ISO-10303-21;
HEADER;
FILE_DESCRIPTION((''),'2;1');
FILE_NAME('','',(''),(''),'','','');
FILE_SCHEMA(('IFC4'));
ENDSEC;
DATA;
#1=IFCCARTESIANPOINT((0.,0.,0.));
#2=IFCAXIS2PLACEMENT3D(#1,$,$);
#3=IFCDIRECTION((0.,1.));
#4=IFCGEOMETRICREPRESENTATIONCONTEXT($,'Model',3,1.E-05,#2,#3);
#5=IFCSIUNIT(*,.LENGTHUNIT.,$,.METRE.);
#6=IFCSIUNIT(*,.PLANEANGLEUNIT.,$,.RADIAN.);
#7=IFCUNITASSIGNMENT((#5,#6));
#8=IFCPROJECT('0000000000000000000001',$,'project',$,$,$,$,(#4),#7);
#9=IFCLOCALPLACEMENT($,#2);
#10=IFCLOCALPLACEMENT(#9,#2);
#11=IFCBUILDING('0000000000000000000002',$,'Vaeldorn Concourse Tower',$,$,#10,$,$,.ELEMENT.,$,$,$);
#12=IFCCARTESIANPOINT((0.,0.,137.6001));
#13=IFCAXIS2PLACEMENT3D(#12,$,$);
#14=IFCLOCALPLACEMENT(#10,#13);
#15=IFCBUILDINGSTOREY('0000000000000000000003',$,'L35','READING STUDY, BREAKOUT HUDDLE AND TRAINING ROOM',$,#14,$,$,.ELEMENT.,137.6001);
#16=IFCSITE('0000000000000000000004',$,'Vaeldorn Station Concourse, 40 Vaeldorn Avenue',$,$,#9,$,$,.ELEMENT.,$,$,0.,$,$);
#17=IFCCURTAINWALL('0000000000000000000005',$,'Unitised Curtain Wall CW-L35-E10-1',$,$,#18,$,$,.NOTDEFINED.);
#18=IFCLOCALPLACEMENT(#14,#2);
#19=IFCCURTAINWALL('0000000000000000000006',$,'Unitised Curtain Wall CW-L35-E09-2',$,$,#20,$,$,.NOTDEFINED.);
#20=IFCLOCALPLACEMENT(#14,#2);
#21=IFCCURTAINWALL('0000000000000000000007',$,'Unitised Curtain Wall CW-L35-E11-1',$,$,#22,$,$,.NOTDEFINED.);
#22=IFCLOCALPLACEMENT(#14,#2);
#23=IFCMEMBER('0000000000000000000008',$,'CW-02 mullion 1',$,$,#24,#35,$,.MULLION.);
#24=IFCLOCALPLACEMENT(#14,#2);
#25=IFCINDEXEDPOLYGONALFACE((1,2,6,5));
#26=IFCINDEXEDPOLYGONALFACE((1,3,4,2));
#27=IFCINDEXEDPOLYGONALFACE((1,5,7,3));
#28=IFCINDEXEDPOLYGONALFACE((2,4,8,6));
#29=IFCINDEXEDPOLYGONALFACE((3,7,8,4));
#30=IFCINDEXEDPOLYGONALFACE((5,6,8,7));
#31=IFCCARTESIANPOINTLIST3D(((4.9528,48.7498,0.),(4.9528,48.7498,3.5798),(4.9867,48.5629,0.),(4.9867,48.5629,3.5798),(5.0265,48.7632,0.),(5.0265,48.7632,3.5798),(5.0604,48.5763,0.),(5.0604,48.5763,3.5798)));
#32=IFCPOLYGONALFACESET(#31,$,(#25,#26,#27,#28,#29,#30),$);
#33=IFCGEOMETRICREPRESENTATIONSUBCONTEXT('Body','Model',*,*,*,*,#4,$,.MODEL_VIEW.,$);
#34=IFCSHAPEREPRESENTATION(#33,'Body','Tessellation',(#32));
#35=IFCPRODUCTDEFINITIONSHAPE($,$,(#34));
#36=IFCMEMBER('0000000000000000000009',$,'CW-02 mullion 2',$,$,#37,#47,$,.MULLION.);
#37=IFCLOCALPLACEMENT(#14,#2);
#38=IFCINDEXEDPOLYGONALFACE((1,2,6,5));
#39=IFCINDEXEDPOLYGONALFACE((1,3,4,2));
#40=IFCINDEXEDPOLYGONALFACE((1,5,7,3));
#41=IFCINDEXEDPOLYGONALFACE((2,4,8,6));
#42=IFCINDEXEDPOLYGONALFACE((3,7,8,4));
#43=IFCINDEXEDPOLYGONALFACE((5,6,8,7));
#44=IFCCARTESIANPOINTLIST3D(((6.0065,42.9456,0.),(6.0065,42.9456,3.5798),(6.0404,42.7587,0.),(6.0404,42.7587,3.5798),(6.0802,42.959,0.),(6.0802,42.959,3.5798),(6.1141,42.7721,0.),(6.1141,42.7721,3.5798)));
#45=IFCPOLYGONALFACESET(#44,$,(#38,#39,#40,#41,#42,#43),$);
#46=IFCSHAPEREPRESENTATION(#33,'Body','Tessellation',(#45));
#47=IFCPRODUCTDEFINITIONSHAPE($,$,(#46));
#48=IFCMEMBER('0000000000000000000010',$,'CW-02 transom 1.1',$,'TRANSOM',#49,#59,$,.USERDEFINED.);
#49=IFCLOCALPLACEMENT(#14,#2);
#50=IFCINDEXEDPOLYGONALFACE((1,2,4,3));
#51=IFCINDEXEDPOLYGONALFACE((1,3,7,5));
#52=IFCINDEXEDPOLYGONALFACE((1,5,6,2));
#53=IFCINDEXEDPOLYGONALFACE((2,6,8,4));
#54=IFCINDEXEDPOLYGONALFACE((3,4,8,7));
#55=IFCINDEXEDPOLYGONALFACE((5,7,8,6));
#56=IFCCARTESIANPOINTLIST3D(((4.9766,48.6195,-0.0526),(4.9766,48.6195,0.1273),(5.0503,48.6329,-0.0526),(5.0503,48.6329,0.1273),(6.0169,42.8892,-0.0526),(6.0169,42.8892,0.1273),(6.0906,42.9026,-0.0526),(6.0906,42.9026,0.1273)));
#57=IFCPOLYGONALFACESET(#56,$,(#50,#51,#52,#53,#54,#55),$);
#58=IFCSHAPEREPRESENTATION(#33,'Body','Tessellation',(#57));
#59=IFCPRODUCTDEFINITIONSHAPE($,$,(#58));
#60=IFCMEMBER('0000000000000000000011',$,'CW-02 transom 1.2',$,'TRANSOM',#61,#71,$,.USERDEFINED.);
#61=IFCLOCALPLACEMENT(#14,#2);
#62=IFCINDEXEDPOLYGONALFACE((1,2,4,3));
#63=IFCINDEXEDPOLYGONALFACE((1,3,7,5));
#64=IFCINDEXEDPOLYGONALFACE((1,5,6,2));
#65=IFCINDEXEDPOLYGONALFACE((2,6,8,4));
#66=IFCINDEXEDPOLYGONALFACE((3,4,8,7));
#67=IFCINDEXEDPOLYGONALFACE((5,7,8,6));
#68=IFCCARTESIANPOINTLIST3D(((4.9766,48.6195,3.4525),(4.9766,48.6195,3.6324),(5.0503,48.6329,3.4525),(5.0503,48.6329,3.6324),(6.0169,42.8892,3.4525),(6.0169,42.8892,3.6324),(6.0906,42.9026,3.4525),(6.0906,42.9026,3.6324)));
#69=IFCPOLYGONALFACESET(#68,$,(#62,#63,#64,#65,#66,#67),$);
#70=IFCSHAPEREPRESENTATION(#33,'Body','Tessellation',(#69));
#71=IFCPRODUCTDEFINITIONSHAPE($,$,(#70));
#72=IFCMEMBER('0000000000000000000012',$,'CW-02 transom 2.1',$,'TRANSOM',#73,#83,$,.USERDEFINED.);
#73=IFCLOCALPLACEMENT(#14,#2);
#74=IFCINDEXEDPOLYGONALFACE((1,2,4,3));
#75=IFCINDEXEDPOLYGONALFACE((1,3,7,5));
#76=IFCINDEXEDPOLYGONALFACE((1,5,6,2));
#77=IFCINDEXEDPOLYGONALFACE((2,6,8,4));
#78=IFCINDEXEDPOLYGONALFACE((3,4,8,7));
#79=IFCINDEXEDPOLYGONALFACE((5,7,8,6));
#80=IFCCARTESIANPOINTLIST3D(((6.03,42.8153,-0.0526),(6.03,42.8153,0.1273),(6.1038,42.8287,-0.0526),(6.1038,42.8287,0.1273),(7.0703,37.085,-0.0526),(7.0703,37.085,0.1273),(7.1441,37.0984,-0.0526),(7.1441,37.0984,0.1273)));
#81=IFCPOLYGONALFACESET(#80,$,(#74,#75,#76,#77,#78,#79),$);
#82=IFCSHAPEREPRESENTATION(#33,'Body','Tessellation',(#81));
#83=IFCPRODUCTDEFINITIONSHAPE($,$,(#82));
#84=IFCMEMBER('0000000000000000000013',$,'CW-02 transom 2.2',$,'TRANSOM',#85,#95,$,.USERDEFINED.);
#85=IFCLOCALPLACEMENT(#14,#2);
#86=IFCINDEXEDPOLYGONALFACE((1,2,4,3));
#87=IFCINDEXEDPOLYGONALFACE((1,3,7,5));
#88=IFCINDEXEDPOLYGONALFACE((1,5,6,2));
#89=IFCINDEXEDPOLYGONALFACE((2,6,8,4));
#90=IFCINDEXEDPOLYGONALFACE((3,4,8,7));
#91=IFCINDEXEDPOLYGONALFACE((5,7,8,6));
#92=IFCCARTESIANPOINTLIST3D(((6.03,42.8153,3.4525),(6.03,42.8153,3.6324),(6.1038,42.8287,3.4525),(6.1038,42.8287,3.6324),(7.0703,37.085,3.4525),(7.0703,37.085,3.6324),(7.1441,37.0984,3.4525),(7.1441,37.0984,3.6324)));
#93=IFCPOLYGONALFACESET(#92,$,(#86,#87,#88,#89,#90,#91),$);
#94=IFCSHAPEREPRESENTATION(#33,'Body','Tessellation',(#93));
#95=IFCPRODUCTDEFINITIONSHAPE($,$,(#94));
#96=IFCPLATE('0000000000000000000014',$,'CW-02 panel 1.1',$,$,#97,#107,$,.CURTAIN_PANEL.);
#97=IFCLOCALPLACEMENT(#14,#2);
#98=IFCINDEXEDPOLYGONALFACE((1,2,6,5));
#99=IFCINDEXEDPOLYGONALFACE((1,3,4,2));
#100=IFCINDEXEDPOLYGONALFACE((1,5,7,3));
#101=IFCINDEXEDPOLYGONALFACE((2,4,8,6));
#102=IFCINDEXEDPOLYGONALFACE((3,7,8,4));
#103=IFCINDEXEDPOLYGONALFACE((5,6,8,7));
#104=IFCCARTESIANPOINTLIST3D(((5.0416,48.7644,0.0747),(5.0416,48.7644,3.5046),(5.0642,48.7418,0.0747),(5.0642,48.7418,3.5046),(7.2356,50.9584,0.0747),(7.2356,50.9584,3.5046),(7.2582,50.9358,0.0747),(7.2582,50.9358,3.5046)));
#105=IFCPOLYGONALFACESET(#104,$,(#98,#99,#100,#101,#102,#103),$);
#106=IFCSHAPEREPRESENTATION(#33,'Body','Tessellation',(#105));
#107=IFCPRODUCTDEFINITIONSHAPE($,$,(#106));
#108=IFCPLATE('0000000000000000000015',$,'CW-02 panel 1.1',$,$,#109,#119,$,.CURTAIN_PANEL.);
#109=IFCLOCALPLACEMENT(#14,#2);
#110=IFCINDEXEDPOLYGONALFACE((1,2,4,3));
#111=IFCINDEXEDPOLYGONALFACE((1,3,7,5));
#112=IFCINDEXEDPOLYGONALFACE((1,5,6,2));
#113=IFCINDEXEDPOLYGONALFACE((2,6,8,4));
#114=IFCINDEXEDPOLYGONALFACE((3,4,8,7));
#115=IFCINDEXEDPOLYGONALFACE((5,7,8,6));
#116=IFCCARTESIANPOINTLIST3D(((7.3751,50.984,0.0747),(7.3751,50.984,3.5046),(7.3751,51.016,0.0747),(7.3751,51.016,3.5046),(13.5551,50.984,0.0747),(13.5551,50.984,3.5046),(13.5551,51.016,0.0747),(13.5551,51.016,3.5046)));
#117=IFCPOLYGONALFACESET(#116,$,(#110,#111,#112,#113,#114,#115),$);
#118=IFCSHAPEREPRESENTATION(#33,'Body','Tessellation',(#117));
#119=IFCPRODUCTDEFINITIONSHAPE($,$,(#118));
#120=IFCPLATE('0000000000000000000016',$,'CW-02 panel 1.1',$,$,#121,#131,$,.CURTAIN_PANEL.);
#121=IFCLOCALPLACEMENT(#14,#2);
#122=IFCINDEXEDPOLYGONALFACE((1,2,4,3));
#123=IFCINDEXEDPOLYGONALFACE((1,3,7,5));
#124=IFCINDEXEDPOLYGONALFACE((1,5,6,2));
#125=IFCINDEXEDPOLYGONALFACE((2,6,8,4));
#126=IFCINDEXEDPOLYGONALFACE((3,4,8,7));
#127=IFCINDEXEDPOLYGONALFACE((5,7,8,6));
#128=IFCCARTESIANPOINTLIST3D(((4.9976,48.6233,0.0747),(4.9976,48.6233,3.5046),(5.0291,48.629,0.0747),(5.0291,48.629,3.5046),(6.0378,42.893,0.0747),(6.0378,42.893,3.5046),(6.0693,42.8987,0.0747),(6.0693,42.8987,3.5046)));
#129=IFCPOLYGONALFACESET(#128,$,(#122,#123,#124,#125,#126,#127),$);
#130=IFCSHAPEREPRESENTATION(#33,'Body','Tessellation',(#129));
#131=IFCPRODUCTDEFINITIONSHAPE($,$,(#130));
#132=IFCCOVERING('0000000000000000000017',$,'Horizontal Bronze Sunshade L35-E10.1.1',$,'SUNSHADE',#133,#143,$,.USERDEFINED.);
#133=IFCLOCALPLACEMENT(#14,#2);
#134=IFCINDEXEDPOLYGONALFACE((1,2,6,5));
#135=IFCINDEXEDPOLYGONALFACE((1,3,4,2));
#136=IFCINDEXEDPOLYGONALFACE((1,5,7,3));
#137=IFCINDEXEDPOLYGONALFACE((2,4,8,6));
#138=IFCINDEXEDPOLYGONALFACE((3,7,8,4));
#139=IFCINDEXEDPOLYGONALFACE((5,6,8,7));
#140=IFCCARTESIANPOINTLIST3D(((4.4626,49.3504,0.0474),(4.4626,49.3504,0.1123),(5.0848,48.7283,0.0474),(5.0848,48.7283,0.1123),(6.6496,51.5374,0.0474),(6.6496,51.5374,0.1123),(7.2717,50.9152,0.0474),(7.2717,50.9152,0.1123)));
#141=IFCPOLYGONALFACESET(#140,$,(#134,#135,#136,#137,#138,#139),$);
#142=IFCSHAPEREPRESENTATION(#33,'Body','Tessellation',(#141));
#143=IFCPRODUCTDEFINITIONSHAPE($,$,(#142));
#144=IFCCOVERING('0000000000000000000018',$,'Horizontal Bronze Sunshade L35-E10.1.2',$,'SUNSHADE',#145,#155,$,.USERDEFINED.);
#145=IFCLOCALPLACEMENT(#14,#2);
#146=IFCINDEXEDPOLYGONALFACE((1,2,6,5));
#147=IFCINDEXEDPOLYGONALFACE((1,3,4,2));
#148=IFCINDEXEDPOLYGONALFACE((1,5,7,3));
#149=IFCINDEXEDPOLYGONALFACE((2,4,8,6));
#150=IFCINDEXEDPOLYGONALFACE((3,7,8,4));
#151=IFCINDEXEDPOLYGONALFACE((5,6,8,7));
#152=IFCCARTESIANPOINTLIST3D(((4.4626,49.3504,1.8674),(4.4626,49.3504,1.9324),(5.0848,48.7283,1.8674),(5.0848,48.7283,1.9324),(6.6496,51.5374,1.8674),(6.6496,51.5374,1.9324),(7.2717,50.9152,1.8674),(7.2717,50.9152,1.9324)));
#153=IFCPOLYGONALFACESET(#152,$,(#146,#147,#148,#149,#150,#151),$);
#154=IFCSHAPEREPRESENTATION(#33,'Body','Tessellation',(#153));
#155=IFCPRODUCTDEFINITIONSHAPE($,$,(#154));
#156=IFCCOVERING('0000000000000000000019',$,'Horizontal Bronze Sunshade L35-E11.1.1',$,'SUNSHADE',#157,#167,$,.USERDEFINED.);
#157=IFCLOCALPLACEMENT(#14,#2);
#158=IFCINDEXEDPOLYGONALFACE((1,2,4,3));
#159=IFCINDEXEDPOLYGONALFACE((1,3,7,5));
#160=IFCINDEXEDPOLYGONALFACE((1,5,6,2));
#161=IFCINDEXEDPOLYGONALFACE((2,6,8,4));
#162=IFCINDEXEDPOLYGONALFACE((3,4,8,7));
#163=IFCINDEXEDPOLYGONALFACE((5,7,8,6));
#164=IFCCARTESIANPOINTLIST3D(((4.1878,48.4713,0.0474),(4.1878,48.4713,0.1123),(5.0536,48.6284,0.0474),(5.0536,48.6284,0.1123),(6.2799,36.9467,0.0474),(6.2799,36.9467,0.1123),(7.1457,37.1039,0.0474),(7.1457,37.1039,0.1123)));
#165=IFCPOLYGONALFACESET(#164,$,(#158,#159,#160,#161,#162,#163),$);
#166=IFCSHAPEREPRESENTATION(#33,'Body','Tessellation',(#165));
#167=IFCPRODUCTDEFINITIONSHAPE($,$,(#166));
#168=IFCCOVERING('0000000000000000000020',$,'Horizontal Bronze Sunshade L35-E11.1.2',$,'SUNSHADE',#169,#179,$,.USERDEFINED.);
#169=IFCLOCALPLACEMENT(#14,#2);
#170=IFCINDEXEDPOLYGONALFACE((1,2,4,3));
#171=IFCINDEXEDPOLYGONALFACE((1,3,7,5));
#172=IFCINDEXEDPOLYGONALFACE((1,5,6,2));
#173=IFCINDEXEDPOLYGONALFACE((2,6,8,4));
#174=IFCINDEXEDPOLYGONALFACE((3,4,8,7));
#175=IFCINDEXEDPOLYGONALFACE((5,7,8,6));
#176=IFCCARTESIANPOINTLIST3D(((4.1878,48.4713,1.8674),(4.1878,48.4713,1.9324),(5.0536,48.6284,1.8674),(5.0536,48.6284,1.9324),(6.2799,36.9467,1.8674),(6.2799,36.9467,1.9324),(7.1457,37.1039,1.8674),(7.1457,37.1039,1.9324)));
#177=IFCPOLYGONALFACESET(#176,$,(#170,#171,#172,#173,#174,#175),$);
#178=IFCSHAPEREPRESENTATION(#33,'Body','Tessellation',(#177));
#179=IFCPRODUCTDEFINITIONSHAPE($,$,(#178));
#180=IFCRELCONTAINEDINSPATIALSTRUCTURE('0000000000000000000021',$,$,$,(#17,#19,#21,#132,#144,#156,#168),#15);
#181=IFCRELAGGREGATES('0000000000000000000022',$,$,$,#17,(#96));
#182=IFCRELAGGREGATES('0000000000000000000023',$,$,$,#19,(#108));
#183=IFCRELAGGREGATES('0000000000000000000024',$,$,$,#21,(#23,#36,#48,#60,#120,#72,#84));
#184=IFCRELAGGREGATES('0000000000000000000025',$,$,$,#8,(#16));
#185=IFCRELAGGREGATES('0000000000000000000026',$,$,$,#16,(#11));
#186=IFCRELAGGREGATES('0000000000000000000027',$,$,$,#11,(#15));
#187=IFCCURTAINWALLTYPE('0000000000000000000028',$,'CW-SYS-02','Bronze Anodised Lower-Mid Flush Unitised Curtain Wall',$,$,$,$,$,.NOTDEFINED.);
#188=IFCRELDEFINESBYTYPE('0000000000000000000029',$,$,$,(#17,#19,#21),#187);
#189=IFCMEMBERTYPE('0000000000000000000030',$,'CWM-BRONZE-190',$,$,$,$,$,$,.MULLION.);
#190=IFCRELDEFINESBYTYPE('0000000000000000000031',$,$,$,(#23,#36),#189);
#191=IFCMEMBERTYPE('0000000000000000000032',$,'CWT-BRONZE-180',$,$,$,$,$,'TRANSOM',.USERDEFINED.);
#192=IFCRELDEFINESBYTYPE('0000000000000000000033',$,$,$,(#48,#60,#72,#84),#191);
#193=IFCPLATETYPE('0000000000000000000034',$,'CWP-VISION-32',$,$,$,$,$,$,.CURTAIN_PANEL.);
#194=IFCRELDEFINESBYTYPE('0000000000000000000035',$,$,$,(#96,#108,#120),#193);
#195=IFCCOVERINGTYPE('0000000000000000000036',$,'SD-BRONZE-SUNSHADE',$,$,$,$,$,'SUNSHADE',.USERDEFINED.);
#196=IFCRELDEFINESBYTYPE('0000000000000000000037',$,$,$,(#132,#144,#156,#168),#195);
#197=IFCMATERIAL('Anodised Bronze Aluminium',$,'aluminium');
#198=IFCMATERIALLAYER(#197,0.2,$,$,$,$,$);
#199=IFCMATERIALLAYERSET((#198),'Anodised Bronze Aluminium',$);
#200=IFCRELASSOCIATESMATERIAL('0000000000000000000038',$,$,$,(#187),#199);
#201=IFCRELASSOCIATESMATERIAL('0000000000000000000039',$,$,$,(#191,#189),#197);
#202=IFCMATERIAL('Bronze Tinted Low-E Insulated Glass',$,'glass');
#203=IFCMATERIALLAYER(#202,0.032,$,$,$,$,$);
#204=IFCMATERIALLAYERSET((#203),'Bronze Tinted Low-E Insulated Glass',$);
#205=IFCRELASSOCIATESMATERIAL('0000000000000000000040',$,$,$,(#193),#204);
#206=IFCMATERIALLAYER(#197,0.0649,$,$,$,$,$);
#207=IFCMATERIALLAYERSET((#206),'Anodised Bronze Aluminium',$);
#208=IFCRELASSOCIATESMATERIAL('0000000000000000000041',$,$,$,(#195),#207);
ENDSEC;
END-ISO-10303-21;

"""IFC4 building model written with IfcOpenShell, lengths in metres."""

from ifc_helpers import new_model, si_unit, direction, frame, origin, origin_2d, place, context, subcontext, project, spatial, rectangle, extrude, source, transform, mapped, material, layer, layer_set, material_profile, profile_set, type_object, element, aggregate, save


model = new_model("IFC4")

# Units and contexts
model_context = context("Model", 3, precision=1e-05, world=origin(), true_north=direction((0.0, 1.0)))
body_context = subcontext(model_context, "Body", "Model", "MODEL_VIEW")
ifc_project = project(units=[si_unit("LENGTHUNIT", "METRE"), si_unit("PLANEANGLEUNIT", "RADIAN")], contexts=[model_context])

# Site, building, storey
site_placement = place(None, origin())
site = spatial("IfcSite", under=ifc_project, at=site_placement, Name="Vaeldorn Station Concourse, 40 Vaeldorn Avenue", CompositionType="ELEMENT", RefElevation=0.0)
building_placement = place(site_placement, origin())
building = spatial("IfcBuilding", under=site, at=building_placement, Name="Vaeldorn Concourse Tower", CompositionType="ELEMENT")
storey_placement = place(building_placement, frame((0.0, 0.0, 137.6001)))
storey = spatial("IfcBuildingStorey", under=building, at=storey_placement, Name="L35", Description="READING STUDY, BREAKOUT HUDDLE AND TRAINING ROOM", CompositionType="ELEMENT", Elevation=137.6001)

# Curtain walls
ifc_material_1 = material(Name="Anodised Bronze Aluminium", Category="aluminium")
ifc_layer_1 = layer(ifc_material_1, 0.2)
ifc_layer_set_1 = layer_set([ifc_layer_1], Name="Anodised Bronze Aluminium")
curtain_wall_type = type_object("IfcCurtainWallType", Name="CW-SYS-02", Description="Bronze Anodised Lower-Mid Flush Unitised Curtain Wall", PredefinedType="NOTDEFINED", material=ifc_layer_set_1)
curtain_wall_1_placement = place(storey_placement, origin())
curtain_wall_1 = element("IfcCurtainWall", 1, at=curtain_wall_1_placement, inside=storey, type_object=curtain_wall_type, Name="Unitised Curtain Wall CW-L35-E10-1", PredefinedType="NOTDEFINED")
ifc_material_profile_1 = material_profile(ifc_material_1, rectangle(XDim=0.075, YDim=0.1799, at=origin_2d()), Name="CWT 75x180")
ifc_profile_set_1 = profile_set([ifc_material_profile_1], Name="Anodised Bronze Aluminium")
member_type_1 = type_object("IfcMemberType", Name="CWT-BRONZE-180", ElementType="TRANSOM", PredefinedType="USERDEFINED", material=ifc_profile_set_1)
curtain_wall_2_placement = place(storey_placement, origin())
curtain_wall_2 = element("IfcCurtainWall", 2, at=curtain_wall_2_placement, inside=storey, type_object=curtain_wall_type, Name="Unitised Curtain Wall CW-L35-E09-2", PredefinedType="NOTDEFINED")
ifc_material_profile_2 = material_profile(ifc_material_1, rectangle(XDim=0.075, YDim=0.1899, at=origin_2d()), Name="CWM 75x190")
ifc_profile_set_2 = profile_set([ifc_material_profile_2], Name="Anodised Bronze Aluminium")
member_type_2 = type_object("IfcMemberType", Name="CWM-BRONZE-190", PredefinedType="MULLION", material=ifc_profile_set_2)
shared_shape_1 = source(origin(), body_context, "Body", "SweptSolid", [
    extrude(rectangle(XDim=0.075, YDim=0.1899, at=origin_2d()), origin(), (0.0, 0.0, 1.0), 3.5798),
])

# Curtain wall, members
curtain_wall_3_placement = place(storey_placement, origin())
curtain_wall_3 = element("IfcCurtainWall", 3, at=curtain_wall_3_placement, inside=storey, type_object=curtain_wall_type, Name="Unitised Curtain Wall CW-L35-E11-1", PredefinedType="NOTDEFINED")
member_1_placement = place(storey_placement, frame((5.0066, 48.6631, 0.0), z_axis=(0.0, 0.0, 1.0), x_axis=(0.98392, 0.178608, 0.0)))
member_1 = element("IfcMember", 4, at=member_1_placement, type_object=member_type_2, Name="CW-02 mullion 1", PredefinedType="MULLION", context=body_context, shape_type="MappedRepresentation", body=[
    mapped(shared_shape_1, transform((0.0, 0.0, 0.0), scale=1.0)),
])
member_2_placement = place(storey_placement, frame((6.0603, 42.8589, 0.0), z_axis=(0.0, 0.0, 1.0), x_axis=(0.98392, 0.178608, 0.0)))
member_2 = element("IfcMember", 5, at=member_2_placement, type_object=member_type_2, Name="CW-02 mullion 2", PredefinedType="MULLION", context=body_context, shape_type="MappedRepresentation", body=[
    mapped(shared_shape_1, transform((0.0, 0.0, 0.0), scale=1.0)),
])
shared_shape_2 = source(origin(), body_context, "Body", "SweptSolid", [
    extrude(rectangle(XDim=0.075, YDim=0.1799, at=origin_2d()), origin(), (0.0, 0.0, 1.0), 5.824),
])
member_3_placement = place(storey_placement, frame((5.0134, 48.6262, 0.0374), z_axis=(0.178624, -0.983917, 0.0), x_axis=(0.983917, 0.178624, 0.0)))
member_3 = element("IfcMember", 6, at=member_3_placement, type_object=member_type_1, Name="CW-02 transom 1.1", ObjectType="TRANSOM", PredefinedType="USERDEFINED", context=body_context, shape_type="MappedRepresentation", body=[
    mapped(shared_shape_2, transform((0.0, 0.0, 0.0), scale=1.0)),
])
member_4_placement = place(storey_placement, frame((5.0134, 48.6262, 3.5425), z_axis=(0.178624, -0.983917, 0.0), x_axis=(0.983917, 0.178624, 0.0)))
member_4 = element("IfcMember", 7, at=member_4_placement, type_object=member_type_1, Name="CW-02 transom 1.2", ObjectType="TRANSOM", PredefinedType="USERDEFINED", context=body_context, shape_type="MappedRepresentation", body=[
    mapped(shared_shape_2, transform((0.0, 0.0, 0.0), scale=1.0)),
])
member_5_placement = place(storey_placement, frame((6.0669, 42.822, 0.0374), z_axis=(0.178624, -0.983917, 0.0), x_axis=(0.983917, 0.178624, 0.0)))
member_5 = element("IfcMember", 8, at=member_5_placement, type_object=member_type_1, Name="CW-02 transom 2.1", ObjectType="TRANSOM", PredefinedType="USERDEFINED", context=body_context, shape_type="MappedRepresentation", body=[
    mapped(shared_shape_2, transform((0.0, 0.0, 0.0), scale=1.0)),
])
member_6_placement = place(storey_placement, frame((6.0669, 42.822, 3.5425), z_axis=(0.178624, -0.983917, 0.0), x_axis=(0.983917, 0.178624, 0.0)))
member_6 = element("IfcMember", 9, at=member_6_placement, type_object=member_type_1, Name="CW-02 transom 2.2", ObjectType="TRANSOM", PredefinedType="USERDEFINED", context=body_context, shape_type="MappedRepresentation", body=[
    mapped(shared_shape_2, transform((0.0, 0.0, 0.0), scale=1.0)),
])

# Plates
ifc_material_2 = material(Name="Bronze Tinted Low-E Insulated Glass", Category="glass")
ifc_layer_2 = layer(ifc_material_2, 0.032)
ifc_layer_set_2 = layer_set([ifc_layer_2], Name="Bronze Tinted Low-E Insulated Glass")
plate_type = type_object("IfcPlateType", Name="CWP-VISION-32", PredefinedType="CURTAIN_PANEL", material=ifc_layer_set_2)
shared_shape_3 = source(origin(), body_context, "Body", "SweptSolid", [
    extrude(rectangle(XDim=3.1028, YDim=0.032, at=origin_2d()), origin(), (0.0, 0.0, 1.0), 3.4299),
])
plate_1_placement = place(storey_placement, frame((6.1499, 49.8501, 0.0747), z_axis=(0.0, 0.0, 1.0), x_axis=(-0.707107, -0.707107, 0.0)))
plate_1 = element("IfcPlate", 10, at=plate_1_placement, type_object=plate_type, Name="CW-02 panel 1.1", PredefinedType="CURTAIN_PANEL", context=body_context, shape_type="MappedRepresentation", body=[
    mapped(shared_shape_3, transform((0.0, 0.0, 0.0), scale=1.0)),
])
aggregate(curtain_wall_1, [plate_1])
shared_shape_4 = source(origin(), body_context, "Body", "SweptSolid", [
    extrude(rectangle(XDim=6.1799, YDim=0.032, at=origin_2d()), origin(), (0.0, 0.0, 1.0), 3.4299),
])
plate_2_placement = place(storey_placement, frame((10.4651, 51.0, 0.0747), z_axis=(0.0, 0.0, 1.0), x_axis=(-1.0, 0.0, 0.0)))
plate_2 = element("IfcPlate", 11, at=plate_2_placement, type_object=plate_type, Name="CW-02 panel 1.1", PredefinedType="CURTAIN_PANEL", context=body_context, shape_type="MappedRepresentation", body=[
    mapped(shared_shape_4, transform((0.0, 0.0, 0.0), scale=1.0)),
])
aggregate(curtain_wall_2, [plate_2])
shared_shape_5 = source(origin(), body_context, "Body", "SweptSolid", [
    extrude(rectangle(XDim=5.824, YDim=0.032, at=origin_2d()), origin(), (0.0, 0.0, 1.0), 3.4299),
])
plate_3_placement = place(storey_placement, frame((5.5334, 45.761, 0.0747), z_axis=(0.0, 0.0, 1.0), x_axis=(0.178608, -0.98392, 0.0)))
plate_3 = element("IfcPlate", 12, at=plate_3_placement, type_object=plate_type, Name="CW-02 panel 1.1", PredefinedType="CURTAIN_PANEL", context=body_context, shape_type="MappedRepresentation", body=[
    mapped(shared_shape_5, transform((0.0, 0.0, 0.0), scale=1.0)),
])
aggregate(curtain_wall_3, [member_1, member_2, member_3, member_4, plate_3, member_5, member_6])

# Coverings
ifc_layer_3 = layer(ifc_material_1, 0.0649)
ifc_layer_set_3 = layer_set([ifc_layer_3], Name="Anodised Bronze Aluminium")
covering_type = type_object("IfcCoveringType", Name="SD-BRONZE-SUNSHADE", ElementType="SUNSHADE", PredefinedType="USERDEFINED", material=ifc_layer_set_3)
shared_shape_6 = source(origin(), body_context, "Body", "SweptSolid", [
    extrude(rectangle(XDim=3.0928, YDim=0.8799, at=origin_2d()), origin(), (0.0, 0.0, 1.0), 0.0649),
])
for number, where, z_axis, x_axis, name in (
    (13, (5.8672, 50.1328, 0.0474), (0.0, 0.0, 1.0), (-0.707107, -0.707107, 0.0), "Horizontal Bronze Sunshade L35-E10.1.1"),
    (14, (5.8672, 50.1328, 1.8674), (0.0, 0.0, 1.0), (-0.707107, -0.707107, 0.0), "Horizontal Bronze Sunshade L35-E10.1.2"),
):
    element("IfcCovering", number, at=place(storey_placement, frame(where, z_axis=z_axis, x_axis=x_axis)), inside=storey, type_object=covering_type, Name=name, ObjectType="SUNSHADE", PredefinedType="USERDEFINED", context=body_context, shape_type="MappedRepresentation", body=[
        mapped(shared_shape_6, transform((0.0, 0.0, 0.0), scale=1.0)),
    ])
shared_shape_7 = source(origin(), body_context, "Body", "SweptSolid", [
    extrude(rectangle(XDim=11.7129, YDim=0.8799, at=origin_2d()), origin(), (0.0, 0.0, 1.0), 0.0649),
])
for number, where, z_axis, x_axis, name in (
    (15, (5.6667, 42.7876, 0.0474), (0.0, 0.0, 1.0), (0.178613, -0.983919, 0.0), "Horizontal Bronze Sunshade L35-E11.1.1"),
    (16, (5.6667, 42.7876, 1.8674), (0.0, 0.0, 1.0), (0.178613, -0.983919, 0.0), "Horizontal Bronze Sunshade L35-E11.1.2"),
):
    element("IfcCovering", number, at=place(storey_placement, frame(where, z_axis=z_axis, x_axis=x_axis)), inside=storey, type_object=covering_type, Name=name, ObjectType="SUNSHADE", PredefinedType="USERDEFINED", context=body_context, shape_type="MappedRepresentation", body=[
        mapped(shared_shape_7, transform((0.0, 0.0, 0.0), scale=1.0)),
    ])

save(model, "model.ifc")
